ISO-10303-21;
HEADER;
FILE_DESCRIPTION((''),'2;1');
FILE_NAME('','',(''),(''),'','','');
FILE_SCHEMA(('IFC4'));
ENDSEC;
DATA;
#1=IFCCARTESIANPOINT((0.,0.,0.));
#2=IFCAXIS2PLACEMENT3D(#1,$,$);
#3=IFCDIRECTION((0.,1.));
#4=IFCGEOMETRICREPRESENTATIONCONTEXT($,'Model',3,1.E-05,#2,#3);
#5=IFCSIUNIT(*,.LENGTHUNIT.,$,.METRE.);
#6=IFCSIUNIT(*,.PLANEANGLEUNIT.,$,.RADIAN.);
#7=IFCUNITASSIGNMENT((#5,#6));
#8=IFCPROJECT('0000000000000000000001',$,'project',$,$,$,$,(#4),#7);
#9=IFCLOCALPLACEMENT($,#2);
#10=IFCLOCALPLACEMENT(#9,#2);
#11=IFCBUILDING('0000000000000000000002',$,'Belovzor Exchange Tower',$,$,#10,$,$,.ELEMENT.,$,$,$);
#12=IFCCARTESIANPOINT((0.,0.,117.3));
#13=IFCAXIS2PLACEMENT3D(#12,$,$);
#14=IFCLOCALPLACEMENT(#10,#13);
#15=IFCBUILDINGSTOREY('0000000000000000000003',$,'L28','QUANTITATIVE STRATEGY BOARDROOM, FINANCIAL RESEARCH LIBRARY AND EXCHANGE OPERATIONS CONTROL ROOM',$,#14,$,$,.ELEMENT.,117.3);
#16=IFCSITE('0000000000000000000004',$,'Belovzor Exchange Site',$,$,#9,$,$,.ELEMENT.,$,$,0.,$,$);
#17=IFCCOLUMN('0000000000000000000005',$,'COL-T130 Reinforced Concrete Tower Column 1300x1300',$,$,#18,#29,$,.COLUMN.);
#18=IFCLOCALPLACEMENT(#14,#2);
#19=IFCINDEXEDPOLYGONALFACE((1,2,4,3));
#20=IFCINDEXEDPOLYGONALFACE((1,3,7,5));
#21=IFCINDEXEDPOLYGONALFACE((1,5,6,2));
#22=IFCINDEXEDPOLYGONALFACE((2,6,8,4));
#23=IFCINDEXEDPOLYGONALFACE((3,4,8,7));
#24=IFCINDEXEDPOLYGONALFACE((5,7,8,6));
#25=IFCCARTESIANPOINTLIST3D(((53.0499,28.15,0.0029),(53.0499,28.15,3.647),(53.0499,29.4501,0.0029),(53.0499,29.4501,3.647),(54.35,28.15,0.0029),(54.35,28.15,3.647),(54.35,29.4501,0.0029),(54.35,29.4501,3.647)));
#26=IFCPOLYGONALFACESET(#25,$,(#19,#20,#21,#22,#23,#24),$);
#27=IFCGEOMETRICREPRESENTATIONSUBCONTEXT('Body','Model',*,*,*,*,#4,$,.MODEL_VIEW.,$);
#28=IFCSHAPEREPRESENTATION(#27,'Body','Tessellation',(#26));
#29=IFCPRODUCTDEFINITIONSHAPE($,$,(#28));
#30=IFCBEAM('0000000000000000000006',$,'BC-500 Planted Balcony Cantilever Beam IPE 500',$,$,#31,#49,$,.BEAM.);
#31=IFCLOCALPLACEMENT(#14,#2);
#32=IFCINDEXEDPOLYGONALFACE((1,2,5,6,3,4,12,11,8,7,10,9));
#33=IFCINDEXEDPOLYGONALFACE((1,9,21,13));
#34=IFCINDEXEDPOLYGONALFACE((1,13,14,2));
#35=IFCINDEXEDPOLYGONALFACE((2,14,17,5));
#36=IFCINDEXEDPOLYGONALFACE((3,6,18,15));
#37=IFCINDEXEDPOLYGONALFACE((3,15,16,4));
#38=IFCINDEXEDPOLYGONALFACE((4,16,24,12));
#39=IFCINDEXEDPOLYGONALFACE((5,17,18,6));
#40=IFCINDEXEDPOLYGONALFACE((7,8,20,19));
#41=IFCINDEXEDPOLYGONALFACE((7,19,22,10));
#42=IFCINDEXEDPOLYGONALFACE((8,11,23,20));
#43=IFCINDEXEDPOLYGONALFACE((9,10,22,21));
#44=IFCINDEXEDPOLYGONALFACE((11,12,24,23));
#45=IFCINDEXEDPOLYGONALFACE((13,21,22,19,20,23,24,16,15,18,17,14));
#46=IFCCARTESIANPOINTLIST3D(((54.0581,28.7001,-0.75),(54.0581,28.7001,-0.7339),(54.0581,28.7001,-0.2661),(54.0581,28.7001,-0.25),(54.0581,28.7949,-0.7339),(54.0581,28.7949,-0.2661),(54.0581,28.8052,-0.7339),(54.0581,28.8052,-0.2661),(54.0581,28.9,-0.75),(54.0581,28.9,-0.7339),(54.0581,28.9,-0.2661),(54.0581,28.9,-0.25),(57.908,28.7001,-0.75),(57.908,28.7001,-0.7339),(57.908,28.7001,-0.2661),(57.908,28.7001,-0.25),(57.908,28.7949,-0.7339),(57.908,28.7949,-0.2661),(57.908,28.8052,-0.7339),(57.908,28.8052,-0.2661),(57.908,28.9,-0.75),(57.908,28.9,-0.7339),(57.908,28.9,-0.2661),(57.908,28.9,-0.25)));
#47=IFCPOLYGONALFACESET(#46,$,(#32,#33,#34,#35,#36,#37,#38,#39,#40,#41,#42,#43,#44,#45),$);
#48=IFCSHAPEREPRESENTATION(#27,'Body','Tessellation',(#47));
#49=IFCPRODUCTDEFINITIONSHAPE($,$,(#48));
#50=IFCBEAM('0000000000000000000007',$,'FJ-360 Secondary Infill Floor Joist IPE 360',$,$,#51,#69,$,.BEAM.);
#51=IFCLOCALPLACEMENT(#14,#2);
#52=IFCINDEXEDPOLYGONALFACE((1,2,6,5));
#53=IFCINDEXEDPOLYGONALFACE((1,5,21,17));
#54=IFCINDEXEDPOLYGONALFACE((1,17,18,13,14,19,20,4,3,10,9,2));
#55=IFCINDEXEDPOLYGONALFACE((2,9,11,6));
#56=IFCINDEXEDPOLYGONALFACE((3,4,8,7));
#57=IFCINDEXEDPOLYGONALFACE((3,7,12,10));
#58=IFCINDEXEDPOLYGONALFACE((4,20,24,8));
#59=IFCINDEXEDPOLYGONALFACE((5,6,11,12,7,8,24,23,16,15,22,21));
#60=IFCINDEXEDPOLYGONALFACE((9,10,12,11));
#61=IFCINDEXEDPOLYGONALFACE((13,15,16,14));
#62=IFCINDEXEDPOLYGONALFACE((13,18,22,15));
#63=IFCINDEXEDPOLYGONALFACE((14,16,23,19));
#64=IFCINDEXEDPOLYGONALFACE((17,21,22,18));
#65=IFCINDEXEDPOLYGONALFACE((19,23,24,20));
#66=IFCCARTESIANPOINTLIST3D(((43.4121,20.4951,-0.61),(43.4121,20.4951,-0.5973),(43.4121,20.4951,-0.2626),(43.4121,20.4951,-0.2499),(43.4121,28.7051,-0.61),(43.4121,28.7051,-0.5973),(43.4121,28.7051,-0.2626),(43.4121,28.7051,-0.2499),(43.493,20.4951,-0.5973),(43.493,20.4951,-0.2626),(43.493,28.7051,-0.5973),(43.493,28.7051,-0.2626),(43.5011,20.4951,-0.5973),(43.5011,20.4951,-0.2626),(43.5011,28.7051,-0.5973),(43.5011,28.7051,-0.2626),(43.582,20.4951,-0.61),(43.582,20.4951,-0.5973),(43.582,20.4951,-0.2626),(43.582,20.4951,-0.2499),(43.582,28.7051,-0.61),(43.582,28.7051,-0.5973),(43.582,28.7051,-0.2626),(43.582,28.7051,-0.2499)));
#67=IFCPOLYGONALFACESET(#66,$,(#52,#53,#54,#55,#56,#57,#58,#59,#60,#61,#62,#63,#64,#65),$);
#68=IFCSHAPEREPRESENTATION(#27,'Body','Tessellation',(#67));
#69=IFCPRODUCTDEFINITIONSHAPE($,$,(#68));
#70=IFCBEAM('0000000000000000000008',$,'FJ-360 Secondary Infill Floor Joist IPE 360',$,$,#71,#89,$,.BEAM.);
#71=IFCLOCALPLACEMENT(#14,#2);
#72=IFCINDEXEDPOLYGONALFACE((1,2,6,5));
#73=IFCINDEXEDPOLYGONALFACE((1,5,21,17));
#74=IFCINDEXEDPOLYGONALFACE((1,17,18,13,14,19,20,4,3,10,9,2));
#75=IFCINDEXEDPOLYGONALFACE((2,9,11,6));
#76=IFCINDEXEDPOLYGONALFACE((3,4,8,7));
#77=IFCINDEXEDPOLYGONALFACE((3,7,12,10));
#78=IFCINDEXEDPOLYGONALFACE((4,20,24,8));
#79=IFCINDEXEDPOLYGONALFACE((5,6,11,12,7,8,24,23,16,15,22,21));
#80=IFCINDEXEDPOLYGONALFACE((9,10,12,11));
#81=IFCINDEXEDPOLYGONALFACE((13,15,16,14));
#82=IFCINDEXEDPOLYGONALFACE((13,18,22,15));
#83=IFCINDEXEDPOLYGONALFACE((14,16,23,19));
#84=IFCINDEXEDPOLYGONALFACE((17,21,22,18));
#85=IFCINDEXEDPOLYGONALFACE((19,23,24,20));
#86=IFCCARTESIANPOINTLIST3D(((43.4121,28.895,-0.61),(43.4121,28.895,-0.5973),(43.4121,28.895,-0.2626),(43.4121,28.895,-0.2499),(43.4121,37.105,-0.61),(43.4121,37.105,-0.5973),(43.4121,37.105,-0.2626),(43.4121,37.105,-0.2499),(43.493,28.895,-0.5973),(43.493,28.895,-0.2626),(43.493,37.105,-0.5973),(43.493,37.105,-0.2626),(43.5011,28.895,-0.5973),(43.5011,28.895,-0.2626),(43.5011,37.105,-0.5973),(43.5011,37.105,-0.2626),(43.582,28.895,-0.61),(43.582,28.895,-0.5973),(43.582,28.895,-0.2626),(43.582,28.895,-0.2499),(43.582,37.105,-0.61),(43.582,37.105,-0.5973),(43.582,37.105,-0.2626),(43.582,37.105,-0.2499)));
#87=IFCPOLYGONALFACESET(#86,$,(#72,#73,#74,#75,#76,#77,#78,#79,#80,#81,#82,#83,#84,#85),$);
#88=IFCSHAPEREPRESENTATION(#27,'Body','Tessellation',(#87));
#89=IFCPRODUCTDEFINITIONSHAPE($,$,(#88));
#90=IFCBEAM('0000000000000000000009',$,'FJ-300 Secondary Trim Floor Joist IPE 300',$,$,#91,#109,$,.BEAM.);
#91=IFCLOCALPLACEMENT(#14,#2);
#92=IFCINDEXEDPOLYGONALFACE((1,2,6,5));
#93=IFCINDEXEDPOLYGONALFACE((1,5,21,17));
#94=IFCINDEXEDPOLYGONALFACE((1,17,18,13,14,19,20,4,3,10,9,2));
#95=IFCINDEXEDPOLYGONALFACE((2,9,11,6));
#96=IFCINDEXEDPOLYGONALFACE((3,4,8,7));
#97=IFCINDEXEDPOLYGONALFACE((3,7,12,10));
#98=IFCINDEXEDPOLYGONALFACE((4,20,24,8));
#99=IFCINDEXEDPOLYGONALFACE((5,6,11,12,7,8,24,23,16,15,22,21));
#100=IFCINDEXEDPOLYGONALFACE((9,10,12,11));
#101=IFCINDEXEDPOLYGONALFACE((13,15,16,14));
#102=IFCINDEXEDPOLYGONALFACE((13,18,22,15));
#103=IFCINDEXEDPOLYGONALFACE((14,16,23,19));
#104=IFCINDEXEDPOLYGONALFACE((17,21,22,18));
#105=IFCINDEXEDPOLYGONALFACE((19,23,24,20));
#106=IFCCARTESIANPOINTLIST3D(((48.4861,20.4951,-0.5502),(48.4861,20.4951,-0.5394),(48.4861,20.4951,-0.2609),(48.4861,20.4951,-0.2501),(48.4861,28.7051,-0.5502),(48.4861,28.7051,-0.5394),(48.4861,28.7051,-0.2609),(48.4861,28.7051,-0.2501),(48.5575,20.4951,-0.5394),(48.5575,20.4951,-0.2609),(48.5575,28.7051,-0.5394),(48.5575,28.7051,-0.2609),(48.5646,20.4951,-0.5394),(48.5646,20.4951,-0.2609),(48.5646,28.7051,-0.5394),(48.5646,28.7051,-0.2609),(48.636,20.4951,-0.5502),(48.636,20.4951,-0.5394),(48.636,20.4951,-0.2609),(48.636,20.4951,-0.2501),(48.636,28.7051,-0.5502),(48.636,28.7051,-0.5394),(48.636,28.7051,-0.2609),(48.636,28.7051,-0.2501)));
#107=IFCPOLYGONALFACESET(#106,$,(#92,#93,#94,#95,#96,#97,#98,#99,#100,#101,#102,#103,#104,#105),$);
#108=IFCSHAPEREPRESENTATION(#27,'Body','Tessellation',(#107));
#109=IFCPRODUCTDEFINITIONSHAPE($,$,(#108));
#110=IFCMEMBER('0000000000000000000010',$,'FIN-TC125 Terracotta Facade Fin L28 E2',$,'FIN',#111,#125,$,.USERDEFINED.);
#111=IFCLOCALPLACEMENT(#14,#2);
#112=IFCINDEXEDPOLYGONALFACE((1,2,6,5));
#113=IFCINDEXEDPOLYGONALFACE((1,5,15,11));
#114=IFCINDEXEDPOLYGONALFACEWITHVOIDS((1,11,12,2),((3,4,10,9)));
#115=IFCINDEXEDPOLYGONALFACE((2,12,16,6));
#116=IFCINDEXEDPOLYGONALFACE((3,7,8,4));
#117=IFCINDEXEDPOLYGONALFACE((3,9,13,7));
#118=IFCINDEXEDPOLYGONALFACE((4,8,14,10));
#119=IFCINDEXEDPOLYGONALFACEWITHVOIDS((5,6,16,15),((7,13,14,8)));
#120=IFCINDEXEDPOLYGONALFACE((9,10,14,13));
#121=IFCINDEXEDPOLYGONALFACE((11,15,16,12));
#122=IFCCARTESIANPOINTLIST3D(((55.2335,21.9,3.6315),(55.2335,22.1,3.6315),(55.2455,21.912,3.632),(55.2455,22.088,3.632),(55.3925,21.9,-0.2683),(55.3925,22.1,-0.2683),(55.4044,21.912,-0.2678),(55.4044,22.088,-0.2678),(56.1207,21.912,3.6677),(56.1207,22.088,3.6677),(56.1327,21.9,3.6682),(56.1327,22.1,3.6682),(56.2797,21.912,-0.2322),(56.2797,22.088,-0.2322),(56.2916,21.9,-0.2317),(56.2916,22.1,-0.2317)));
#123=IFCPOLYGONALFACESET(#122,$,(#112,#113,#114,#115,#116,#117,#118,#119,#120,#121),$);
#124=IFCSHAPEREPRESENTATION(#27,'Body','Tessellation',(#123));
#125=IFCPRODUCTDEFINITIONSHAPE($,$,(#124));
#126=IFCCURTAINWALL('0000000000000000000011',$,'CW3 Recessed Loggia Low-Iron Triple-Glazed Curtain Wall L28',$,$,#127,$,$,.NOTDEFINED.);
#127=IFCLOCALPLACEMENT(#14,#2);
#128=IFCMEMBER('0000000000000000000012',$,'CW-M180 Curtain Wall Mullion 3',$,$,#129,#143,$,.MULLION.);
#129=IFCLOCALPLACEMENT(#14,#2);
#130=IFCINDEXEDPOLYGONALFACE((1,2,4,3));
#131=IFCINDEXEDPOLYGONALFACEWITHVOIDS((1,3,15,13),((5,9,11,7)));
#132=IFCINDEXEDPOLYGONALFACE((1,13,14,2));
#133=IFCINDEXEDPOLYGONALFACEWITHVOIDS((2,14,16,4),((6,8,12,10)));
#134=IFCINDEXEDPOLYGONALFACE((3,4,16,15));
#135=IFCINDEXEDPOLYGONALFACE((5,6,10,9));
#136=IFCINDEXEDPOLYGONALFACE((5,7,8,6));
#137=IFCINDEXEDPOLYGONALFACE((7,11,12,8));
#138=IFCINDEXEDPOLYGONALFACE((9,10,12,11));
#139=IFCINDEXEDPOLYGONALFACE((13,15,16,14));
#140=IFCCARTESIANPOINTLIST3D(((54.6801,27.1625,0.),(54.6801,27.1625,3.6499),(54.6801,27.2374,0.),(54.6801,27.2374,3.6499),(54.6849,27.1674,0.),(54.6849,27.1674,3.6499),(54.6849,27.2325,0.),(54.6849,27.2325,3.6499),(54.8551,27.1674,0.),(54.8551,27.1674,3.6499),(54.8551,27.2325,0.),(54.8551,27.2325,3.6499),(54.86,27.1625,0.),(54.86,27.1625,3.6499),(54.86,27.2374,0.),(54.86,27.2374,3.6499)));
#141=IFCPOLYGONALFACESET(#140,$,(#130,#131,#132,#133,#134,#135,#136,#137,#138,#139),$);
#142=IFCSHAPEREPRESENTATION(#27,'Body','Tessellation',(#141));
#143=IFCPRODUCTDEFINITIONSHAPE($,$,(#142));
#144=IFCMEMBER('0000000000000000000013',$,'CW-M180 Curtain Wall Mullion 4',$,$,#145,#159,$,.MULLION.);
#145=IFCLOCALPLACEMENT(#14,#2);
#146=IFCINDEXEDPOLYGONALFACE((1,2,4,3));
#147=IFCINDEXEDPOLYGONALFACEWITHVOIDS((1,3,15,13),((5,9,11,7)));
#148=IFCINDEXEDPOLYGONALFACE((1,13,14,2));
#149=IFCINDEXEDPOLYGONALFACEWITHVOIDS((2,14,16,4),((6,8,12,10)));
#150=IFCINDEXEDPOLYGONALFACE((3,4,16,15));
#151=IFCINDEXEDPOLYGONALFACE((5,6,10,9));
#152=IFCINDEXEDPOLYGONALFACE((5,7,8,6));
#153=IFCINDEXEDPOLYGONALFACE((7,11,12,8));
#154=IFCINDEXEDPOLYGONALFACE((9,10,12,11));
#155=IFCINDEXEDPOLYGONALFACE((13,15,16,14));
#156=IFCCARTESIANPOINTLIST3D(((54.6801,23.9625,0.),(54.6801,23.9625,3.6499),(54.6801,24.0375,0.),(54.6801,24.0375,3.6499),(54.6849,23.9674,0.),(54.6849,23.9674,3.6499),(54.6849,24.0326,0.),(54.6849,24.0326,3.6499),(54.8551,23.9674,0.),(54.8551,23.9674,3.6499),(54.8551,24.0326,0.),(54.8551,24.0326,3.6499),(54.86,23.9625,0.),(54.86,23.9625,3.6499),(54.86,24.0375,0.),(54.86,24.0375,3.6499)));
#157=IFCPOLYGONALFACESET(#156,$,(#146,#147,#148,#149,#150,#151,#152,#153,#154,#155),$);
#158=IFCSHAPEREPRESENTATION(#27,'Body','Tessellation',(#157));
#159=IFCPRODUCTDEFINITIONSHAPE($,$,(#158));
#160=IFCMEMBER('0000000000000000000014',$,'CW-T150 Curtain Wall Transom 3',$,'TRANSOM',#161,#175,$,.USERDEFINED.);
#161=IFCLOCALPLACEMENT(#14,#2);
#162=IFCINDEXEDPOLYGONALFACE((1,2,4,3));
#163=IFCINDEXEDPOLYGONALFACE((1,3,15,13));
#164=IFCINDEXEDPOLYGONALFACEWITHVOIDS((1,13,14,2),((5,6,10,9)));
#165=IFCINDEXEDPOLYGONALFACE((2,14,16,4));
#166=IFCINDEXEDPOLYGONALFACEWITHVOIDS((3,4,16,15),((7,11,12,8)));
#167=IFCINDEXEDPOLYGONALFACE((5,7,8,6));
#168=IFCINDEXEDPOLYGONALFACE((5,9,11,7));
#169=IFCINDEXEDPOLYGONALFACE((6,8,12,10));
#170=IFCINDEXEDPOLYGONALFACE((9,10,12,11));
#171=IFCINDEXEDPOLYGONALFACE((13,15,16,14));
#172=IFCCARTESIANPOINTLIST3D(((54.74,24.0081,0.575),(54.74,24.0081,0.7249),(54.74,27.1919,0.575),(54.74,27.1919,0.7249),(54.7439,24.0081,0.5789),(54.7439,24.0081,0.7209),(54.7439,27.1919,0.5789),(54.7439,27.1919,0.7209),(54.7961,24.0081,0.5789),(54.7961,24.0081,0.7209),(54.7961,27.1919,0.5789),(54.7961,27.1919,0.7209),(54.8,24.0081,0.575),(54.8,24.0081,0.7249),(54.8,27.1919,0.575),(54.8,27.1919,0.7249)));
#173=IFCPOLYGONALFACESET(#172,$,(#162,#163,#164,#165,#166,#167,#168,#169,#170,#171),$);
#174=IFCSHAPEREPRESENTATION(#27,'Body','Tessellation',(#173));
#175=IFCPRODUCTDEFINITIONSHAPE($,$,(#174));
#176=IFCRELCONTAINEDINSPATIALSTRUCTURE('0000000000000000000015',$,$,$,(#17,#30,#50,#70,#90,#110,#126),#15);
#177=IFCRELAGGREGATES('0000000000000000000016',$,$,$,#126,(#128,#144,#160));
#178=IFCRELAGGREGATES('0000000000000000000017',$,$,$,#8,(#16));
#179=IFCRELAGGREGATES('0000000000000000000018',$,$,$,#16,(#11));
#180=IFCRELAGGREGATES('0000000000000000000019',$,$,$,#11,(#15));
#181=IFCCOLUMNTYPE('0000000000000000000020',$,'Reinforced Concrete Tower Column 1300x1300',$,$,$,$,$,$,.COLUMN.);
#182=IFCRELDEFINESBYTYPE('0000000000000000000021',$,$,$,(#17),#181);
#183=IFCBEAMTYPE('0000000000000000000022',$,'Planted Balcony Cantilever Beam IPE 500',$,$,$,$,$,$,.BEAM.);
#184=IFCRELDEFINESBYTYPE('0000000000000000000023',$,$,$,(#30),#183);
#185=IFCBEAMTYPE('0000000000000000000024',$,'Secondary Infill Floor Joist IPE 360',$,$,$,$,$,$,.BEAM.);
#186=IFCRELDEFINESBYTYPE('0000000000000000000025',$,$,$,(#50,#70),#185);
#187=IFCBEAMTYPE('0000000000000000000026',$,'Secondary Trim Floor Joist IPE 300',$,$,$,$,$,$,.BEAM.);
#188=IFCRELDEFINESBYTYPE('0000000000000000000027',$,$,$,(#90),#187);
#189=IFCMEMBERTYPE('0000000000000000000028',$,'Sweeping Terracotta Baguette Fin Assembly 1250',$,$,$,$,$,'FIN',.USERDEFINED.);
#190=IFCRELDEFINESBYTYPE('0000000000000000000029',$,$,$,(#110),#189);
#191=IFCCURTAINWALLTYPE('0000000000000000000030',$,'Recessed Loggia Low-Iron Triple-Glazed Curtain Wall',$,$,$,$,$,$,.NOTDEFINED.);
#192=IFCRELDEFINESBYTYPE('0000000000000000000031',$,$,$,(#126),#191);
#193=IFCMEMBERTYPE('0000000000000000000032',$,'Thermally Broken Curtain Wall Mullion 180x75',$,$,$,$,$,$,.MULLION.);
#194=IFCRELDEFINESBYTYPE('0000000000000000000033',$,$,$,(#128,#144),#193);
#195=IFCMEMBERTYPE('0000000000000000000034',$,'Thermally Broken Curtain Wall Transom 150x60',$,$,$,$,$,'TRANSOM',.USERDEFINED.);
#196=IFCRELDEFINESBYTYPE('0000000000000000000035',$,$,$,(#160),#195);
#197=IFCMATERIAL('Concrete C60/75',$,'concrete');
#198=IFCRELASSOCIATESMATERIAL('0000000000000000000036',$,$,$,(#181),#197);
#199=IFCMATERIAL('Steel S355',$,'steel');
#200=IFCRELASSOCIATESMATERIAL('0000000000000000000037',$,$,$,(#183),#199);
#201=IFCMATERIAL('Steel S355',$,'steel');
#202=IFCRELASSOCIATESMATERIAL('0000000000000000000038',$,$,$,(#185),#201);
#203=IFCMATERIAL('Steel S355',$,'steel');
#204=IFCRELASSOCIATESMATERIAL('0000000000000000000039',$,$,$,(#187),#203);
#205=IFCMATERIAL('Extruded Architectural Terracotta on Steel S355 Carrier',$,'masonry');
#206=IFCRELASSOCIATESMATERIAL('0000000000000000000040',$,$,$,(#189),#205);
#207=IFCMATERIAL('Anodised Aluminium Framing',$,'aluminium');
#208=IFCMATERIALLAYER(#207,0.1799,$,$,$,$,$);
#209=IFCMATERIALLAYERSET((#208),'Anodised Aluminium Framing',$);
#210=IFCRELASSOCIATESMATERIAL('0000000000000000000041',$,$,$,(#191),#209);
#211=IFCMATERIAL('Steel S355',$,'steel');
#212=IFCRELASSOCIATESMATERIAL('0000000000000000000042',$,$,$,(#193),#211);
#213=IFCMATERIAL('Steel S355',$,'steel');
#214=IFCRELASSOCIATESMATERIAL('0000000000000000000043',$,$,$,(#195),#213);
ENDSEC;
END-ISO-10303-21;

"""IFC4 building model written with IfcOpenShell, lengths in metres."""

from ifc_helpers import new_model, si_unit, direction, frame, origin, origin_2d, place, context, subcontext, project, spatial, rectangle, hollow_rectangle, i_section, extrude, material, layer, layer_set, material_profile, profile_set, type_object, element, aggregate, save


model = new_model("IFC4")

# Units and contexts
model_context = context("Model", 3, precision=1e-05, world=origin(), true_north=direction((0.0, 1.0)))
body_context = subcontext(model_context, "Body", "Model", "MODEL_VIEW")
ifc_project = project(units=[si_unit("LENGTHUNIT", "METRE"), si_unit("PLANEANGLEUNIT", "RADIAN")], contexts=[model_context])

# Site, building, storey
site_placement = place(None, origin())
site = spatial("IfcSite", under=ifc_project, at=site_placement, Name="Belovzor Exchange Site", CompositionType="ELEMENT", RefElevation=0.0)
building_placement = place(site_placement, origin())
building = spatial("IfcBuilding", under=site, at=building_placement, Name="Belovzor Exchange Tower", CompositionType="ELEMENT")
storey_placement = place(building_placement, frame((0.0, 0.0, 117.3)))
storey = spatial("IfcBuildingStorey", under=building, at=storey_placement, Name="L28", Description="QUANTITATIVE STRATEGY BOARDROOM, FINANCIAL RESEARCH LIBRARY AND EXCHANGE OPERATIONS CONTROL ROOM", CompositionType="ELEMENT", Elevation=117.3)

# Column
ifc_material_1 = material(Name="Concrete C60/75", Category="concrete")
ifc_material_profile_1 = material_profile(ifc_material_1, rectangle(XDim=1.3, YDim=1.3, at=origin_2d()))
ifc_profile_set_1 = profile_set([ifc_material_profile_1], Name="Concrete C60/75")
column_type = type_object("IfcColumnType", Name="Reinforced Concrete Tower Column 1300x1300", PredefinedType="COLUMN", material=ifc_profile_set_1)
column_placement = place(storey_placement, frame((53.7, 28.8, 0.0029), z_axis=(0.0, 0.0, 1.0), x_axis=(1.0, 0.0, 0.0)))
element("IfcColumn", 1, at=column_placement, inside=storey, type_object=column_type, Name="COL-T130 Reinforced Concrete Tower Column 1300x1300", PredefinedType="COLUMN", context=body_context, shape_type="SweptSolid", body=[
    extrude(rectangle(XDim=1.3, YDim=1.3, at=origin_2d()), origin(), (0.0, 0.0, 1.0), 3.644),
])

# Beams
ifc_material_2 = material(Name="Steel S355", Category="steel")
ifc_material_profile_2 = material_profile(ifc_material_2, i_section(OverallWidth=0.2, OverallDepth=0.5, WebThickness=0.0103, FlangeThickness=0.0161, at=origin_2d()))
ifc_profile_set_2 = profile_set([ifc_material_profile_2], Name="Steel S355")
beam_type_1 = type_object("IfcBeamType", Name="Planted Balcony Cantilever Beam IPE 500", PredefinedType="BEAM", material=ifc_profile_set_2)
beam_1_placement = place(storey_placement, frame((54.0581, 28.8, -0.5), z_axis=(1.0, 0.0, 0.0), x_axis=(0.0, 1.0, 0.0)))
element("IfcBeam", 2, at=beam_1_placement, inside=storey, type_object=beam_type_1, Name="BC-500 Planted Balcony Cantilever Beam IPE 500", PredefinedType="BEAM", context=body_context, shape_type="SweptSolid", body=[
    extrude(i_section(OverallWidth=0.2, OverallDepth=0.5, WebThickness=0.0103, FlangeThickness=0.0161, at=origin_2d()), origin(), (0.0, 0.0, 1.0), 3.8499),
])
ifc_material_3 = material(Name="Steel S355", Category="steel")
ifc_material_profile_3 = material_profile(ifc_material_3, i_section(OverallWidth=0.1699, OverallDepth=0.3601, WebThickness=0.0081, FlangeThickness=0.0127, at=origin_2d()))
ifc_profile_set_3 = profile_set([ifc_material_profile_3], Name="Steel S355")
beam_type_2 = type_object("IfcBeamType", Name="Secondary Infill Floor Joist IPE 360", PredefinedType="BEAM", material=ifc_profile_set_3)
for number, where, z_axis, x_axis, name in (
    (3, (43.4971, 20.4951, -0.4299), (0.0, 1.0, 0.0), (-1.0, 0.0, 0.0), "FJ-360 Secondary Infill Floor Joist IPE 360"),
    (4, (43.4971, 28.895, -0.4299), (0.0, 1.0, 0.0), (-1.0, 0.0, 0.0), "FJ-360 Secondary Infill Floor Joist IPE 360"),
):
    element("IfcBeam", number, at=place(storey_placement, frame(where, z_axis=z_axis, x_axis=x_axis)), inside=storey, type_object=beam_type_2, Name=name, PredefinedType="BEAM", context=body_context, shape_type="SweptSolid", body=[
        extrude(i_section(OverallWidth=0.1699, OverallDepth=0.3601, WebThickness=0.0081, FlangeThickness=0.0127, at=origin_2d()), origin(), (0.0, 0.0, 1.0), 8.21),
    ])
ifc_material_4 = material(Name="Steel S355", Category="steel")
ifc_material_profile_4 = material_profile(ifc_material_4, i_section(OverallWidth=0.1499, OverallDepth=0.3, WebThickness=0.0071, FlangeThickness=0.0107, at=origin_2d()))
ifc_profile_set_4 = profile_set([ifc_material_profile_4], Name="Steel S355")
beam_type_3 = type_object("IfcBeamType", Name="Secondary Trim Floor Joist IPE 300", PredefinedType="BEAM", material=ifc_profile_set_4)
beam_2_placement = place(storey_placement, frame((48.561, 20.4951, -0.4001), z_axis=(0.0, 1.0, 0.0), x_axis=(-1.0, 0.0, 0.0)))
element("IfcBeam", 5, at=beam_2_placement, inside=storey, type_object=beam_type_3, Name="FJ-300 Secondary Trim Floor Joist IPE 300", PredefinedType="BEAM", context=body_context, shape_type="SweptSolid", body=[
    extrude(i_section(OverallWidth=0.1499, OverallDepth=0.3, WebThickness=0.0071, FlangeThickness=0.0107, at=origin_2d()), origin(), (0.0, 0.0, 1.0), 8.21),
])

# Member
ifc_material_5 = material(Name="Extruded Architectural Terracotta on Steel S355 Carrier", Category="masonry")
ifc_material_profile_5 = material_profile(ifc_material_5, hollow_rectangle(XDim=0.2, YDim=0.8999, WallThickness=0.012, at=origin_2d()))
ifc_profile_set_5 = profile_set([ifc_material_profile_5], Name="Extruded Architectural Terracotta on Steel S355 Carrier")
member_type_1 = type_object("IfcMemberType", Name="Sweeping Terracotta Baguette Fin Assembly 1250", ElementType="FIN", PredefinedType="USERDEFINED", material=ifc_profile_set_5)
member_1_placement = place(storey_placement, frame((55.842, 22.0, -0.25), z_axis=(-0.04072, 0.0, 0.999171), x_axis=(0.0, -1.0, 0.0)))
element("IfcMember", 6, at=member_1_placement, inside=storey, type_object=member_type_1, Name="FIN-TC125 Terracotta Facade Fin L28 E2", ObjectType="FIN", PredefinedType="USERDEFINED", context=body_context, shape_type="SweptSolid", body=[
    extrude(hollow_rectangle(XDim=0.2, YDim=0.8999, WallThickness=0.012, at=origin_2d()), origin(), (0.0, 0.0, 1.0), 3.9031),
])

# Curtain wall, members
ifc_material_6 = material(Name="Anodised Aluminium Framing", Category="aluminium")
ifc_layer_1 = layer(ifc_material_6, 0.1799)
ifc_layer_set_1 = layer_set([ifc_layer_1], Name="Anodised Aluminium Framing")
curtain_wall_type = type_object("IfcCurtainWallType", Name="Recessed Loggia Low-Iron Triple-Glazed Curtain Wall", PredefinedType="NOTDEFINED", material=ifc_layer_set_1)
curtain_wall_placement = place(storey_placement, origin())
curtain_wall = element("IfcCurtainWall", 7, at=curtain_wall_placement, inside=storey, type_object=curtain_wall_type, Name="CW3 Recessed Loggia Low-Iron Triple-Glazed Curtain Wall L28", PredefinedType="NOTDEFINED")
ifc_material_7 = material(Name="Steel S355", Category="steel")
ifc_material_profile_6 = material_profile(ifc_material_7, hollow_rectangle(XDim=0.075, YDim=0.1799, WallThickness=0.0049, at=origin_2d()))
ifc_profile_set_6 = profile_set([ifc_material_profile_6], Name="Steel S355")
member_type_2 = type_object("IfcMemberType", Name="Thermally Broken Curtain Wall Mullion 180x75", PredefinedType="MULLION", material=ifc_profile_set_6)
member_2_placement = place(storey_placement, frame((54.77, 27.2, 0.0), z_axis=(0.0, 0.0, 1.0), x_axis=(0.0, -1.0, 0.0)))
member_2 = element("IfcMember", 8, at=member_2_placement, type_object=member_type_2, Name="CW-M180 Curtain Wall Mullion 3", PredefinedType="MULLION", context=body_context, shape_type="SweptSolid", body=[
    extrude(hollow_rectangle(XDim=0.075, YDim=0.1799, WallThickness=0.0049, at=origin_2d()), origin(), (0.0, 0.0, 1.0), 3.6499),
])
member_3_placement = place(storey_placement, frame((54.77, 24.0, 0.0), z_axis=(0.0, 0.0, 1.0), x_axis=(0.0, -1.0, 0.0)))
member_3 = element("IfcMember", 9, at=member_3_placement, type_object=member_type_2, Name="CW-M180 Curtain Wall Mullion 4", PredefinedType="MULLION", context=body_context, shape_type="SweptSolid", body=[
    extrude(hollow_rectangle(XDim=0.075, YDim=0.1799, WallThickness=0.0049, at=origin_2d()), origin(), (0.0, 0.0, 1.0), 3.6499),
])
ifc_material_8 = material(Name="Steel S355", Category="steel")
ifc_material_profile_7 = material_profile(ifc_material_8, hollow_rectangle(XDim=0.0601, YDim=0.1499, WallThickness=0.0039, at=origin_2d()))
ifc_profile_set_7 = profile_set([ifc_material_profile_7], Name="Steel S355")
member_type_3 = type_object("IfcMemberType", Name="Thermally Broken Curtain Wall Transom 150x60", ElementType="TRANSOM", PredefinedType="USERDEFINED", material=ifc_profile_set_7)
member_4_placement = place(storey_placement, frame((54.77, 27.1919, 0.6499), z_axis=(0.0, -1.0, 0.0), x_axis=(1.0, 0.0, 0.0)))
member_4 = element("IfcMember", 10, at=member_4_placement, type_object=member_type_3, Name="CW-T150 Curtain Wall Transom 3", ObjectType="TRANSOM", PredefinedType="USERDEFINED", context=body_context, shape_type="SweptSolid", body=[
    extrude(hollow_rectangle(XDim=0.0601, YDim=0.1499, WallThickness=0.0039, at=origin_2d()), origin(), (0.0, 0.0, 1.0), 3.1838),
])

aggregate(curtain_wall, [member_2, member_3, member_4])

save(model, "model.ifc")
